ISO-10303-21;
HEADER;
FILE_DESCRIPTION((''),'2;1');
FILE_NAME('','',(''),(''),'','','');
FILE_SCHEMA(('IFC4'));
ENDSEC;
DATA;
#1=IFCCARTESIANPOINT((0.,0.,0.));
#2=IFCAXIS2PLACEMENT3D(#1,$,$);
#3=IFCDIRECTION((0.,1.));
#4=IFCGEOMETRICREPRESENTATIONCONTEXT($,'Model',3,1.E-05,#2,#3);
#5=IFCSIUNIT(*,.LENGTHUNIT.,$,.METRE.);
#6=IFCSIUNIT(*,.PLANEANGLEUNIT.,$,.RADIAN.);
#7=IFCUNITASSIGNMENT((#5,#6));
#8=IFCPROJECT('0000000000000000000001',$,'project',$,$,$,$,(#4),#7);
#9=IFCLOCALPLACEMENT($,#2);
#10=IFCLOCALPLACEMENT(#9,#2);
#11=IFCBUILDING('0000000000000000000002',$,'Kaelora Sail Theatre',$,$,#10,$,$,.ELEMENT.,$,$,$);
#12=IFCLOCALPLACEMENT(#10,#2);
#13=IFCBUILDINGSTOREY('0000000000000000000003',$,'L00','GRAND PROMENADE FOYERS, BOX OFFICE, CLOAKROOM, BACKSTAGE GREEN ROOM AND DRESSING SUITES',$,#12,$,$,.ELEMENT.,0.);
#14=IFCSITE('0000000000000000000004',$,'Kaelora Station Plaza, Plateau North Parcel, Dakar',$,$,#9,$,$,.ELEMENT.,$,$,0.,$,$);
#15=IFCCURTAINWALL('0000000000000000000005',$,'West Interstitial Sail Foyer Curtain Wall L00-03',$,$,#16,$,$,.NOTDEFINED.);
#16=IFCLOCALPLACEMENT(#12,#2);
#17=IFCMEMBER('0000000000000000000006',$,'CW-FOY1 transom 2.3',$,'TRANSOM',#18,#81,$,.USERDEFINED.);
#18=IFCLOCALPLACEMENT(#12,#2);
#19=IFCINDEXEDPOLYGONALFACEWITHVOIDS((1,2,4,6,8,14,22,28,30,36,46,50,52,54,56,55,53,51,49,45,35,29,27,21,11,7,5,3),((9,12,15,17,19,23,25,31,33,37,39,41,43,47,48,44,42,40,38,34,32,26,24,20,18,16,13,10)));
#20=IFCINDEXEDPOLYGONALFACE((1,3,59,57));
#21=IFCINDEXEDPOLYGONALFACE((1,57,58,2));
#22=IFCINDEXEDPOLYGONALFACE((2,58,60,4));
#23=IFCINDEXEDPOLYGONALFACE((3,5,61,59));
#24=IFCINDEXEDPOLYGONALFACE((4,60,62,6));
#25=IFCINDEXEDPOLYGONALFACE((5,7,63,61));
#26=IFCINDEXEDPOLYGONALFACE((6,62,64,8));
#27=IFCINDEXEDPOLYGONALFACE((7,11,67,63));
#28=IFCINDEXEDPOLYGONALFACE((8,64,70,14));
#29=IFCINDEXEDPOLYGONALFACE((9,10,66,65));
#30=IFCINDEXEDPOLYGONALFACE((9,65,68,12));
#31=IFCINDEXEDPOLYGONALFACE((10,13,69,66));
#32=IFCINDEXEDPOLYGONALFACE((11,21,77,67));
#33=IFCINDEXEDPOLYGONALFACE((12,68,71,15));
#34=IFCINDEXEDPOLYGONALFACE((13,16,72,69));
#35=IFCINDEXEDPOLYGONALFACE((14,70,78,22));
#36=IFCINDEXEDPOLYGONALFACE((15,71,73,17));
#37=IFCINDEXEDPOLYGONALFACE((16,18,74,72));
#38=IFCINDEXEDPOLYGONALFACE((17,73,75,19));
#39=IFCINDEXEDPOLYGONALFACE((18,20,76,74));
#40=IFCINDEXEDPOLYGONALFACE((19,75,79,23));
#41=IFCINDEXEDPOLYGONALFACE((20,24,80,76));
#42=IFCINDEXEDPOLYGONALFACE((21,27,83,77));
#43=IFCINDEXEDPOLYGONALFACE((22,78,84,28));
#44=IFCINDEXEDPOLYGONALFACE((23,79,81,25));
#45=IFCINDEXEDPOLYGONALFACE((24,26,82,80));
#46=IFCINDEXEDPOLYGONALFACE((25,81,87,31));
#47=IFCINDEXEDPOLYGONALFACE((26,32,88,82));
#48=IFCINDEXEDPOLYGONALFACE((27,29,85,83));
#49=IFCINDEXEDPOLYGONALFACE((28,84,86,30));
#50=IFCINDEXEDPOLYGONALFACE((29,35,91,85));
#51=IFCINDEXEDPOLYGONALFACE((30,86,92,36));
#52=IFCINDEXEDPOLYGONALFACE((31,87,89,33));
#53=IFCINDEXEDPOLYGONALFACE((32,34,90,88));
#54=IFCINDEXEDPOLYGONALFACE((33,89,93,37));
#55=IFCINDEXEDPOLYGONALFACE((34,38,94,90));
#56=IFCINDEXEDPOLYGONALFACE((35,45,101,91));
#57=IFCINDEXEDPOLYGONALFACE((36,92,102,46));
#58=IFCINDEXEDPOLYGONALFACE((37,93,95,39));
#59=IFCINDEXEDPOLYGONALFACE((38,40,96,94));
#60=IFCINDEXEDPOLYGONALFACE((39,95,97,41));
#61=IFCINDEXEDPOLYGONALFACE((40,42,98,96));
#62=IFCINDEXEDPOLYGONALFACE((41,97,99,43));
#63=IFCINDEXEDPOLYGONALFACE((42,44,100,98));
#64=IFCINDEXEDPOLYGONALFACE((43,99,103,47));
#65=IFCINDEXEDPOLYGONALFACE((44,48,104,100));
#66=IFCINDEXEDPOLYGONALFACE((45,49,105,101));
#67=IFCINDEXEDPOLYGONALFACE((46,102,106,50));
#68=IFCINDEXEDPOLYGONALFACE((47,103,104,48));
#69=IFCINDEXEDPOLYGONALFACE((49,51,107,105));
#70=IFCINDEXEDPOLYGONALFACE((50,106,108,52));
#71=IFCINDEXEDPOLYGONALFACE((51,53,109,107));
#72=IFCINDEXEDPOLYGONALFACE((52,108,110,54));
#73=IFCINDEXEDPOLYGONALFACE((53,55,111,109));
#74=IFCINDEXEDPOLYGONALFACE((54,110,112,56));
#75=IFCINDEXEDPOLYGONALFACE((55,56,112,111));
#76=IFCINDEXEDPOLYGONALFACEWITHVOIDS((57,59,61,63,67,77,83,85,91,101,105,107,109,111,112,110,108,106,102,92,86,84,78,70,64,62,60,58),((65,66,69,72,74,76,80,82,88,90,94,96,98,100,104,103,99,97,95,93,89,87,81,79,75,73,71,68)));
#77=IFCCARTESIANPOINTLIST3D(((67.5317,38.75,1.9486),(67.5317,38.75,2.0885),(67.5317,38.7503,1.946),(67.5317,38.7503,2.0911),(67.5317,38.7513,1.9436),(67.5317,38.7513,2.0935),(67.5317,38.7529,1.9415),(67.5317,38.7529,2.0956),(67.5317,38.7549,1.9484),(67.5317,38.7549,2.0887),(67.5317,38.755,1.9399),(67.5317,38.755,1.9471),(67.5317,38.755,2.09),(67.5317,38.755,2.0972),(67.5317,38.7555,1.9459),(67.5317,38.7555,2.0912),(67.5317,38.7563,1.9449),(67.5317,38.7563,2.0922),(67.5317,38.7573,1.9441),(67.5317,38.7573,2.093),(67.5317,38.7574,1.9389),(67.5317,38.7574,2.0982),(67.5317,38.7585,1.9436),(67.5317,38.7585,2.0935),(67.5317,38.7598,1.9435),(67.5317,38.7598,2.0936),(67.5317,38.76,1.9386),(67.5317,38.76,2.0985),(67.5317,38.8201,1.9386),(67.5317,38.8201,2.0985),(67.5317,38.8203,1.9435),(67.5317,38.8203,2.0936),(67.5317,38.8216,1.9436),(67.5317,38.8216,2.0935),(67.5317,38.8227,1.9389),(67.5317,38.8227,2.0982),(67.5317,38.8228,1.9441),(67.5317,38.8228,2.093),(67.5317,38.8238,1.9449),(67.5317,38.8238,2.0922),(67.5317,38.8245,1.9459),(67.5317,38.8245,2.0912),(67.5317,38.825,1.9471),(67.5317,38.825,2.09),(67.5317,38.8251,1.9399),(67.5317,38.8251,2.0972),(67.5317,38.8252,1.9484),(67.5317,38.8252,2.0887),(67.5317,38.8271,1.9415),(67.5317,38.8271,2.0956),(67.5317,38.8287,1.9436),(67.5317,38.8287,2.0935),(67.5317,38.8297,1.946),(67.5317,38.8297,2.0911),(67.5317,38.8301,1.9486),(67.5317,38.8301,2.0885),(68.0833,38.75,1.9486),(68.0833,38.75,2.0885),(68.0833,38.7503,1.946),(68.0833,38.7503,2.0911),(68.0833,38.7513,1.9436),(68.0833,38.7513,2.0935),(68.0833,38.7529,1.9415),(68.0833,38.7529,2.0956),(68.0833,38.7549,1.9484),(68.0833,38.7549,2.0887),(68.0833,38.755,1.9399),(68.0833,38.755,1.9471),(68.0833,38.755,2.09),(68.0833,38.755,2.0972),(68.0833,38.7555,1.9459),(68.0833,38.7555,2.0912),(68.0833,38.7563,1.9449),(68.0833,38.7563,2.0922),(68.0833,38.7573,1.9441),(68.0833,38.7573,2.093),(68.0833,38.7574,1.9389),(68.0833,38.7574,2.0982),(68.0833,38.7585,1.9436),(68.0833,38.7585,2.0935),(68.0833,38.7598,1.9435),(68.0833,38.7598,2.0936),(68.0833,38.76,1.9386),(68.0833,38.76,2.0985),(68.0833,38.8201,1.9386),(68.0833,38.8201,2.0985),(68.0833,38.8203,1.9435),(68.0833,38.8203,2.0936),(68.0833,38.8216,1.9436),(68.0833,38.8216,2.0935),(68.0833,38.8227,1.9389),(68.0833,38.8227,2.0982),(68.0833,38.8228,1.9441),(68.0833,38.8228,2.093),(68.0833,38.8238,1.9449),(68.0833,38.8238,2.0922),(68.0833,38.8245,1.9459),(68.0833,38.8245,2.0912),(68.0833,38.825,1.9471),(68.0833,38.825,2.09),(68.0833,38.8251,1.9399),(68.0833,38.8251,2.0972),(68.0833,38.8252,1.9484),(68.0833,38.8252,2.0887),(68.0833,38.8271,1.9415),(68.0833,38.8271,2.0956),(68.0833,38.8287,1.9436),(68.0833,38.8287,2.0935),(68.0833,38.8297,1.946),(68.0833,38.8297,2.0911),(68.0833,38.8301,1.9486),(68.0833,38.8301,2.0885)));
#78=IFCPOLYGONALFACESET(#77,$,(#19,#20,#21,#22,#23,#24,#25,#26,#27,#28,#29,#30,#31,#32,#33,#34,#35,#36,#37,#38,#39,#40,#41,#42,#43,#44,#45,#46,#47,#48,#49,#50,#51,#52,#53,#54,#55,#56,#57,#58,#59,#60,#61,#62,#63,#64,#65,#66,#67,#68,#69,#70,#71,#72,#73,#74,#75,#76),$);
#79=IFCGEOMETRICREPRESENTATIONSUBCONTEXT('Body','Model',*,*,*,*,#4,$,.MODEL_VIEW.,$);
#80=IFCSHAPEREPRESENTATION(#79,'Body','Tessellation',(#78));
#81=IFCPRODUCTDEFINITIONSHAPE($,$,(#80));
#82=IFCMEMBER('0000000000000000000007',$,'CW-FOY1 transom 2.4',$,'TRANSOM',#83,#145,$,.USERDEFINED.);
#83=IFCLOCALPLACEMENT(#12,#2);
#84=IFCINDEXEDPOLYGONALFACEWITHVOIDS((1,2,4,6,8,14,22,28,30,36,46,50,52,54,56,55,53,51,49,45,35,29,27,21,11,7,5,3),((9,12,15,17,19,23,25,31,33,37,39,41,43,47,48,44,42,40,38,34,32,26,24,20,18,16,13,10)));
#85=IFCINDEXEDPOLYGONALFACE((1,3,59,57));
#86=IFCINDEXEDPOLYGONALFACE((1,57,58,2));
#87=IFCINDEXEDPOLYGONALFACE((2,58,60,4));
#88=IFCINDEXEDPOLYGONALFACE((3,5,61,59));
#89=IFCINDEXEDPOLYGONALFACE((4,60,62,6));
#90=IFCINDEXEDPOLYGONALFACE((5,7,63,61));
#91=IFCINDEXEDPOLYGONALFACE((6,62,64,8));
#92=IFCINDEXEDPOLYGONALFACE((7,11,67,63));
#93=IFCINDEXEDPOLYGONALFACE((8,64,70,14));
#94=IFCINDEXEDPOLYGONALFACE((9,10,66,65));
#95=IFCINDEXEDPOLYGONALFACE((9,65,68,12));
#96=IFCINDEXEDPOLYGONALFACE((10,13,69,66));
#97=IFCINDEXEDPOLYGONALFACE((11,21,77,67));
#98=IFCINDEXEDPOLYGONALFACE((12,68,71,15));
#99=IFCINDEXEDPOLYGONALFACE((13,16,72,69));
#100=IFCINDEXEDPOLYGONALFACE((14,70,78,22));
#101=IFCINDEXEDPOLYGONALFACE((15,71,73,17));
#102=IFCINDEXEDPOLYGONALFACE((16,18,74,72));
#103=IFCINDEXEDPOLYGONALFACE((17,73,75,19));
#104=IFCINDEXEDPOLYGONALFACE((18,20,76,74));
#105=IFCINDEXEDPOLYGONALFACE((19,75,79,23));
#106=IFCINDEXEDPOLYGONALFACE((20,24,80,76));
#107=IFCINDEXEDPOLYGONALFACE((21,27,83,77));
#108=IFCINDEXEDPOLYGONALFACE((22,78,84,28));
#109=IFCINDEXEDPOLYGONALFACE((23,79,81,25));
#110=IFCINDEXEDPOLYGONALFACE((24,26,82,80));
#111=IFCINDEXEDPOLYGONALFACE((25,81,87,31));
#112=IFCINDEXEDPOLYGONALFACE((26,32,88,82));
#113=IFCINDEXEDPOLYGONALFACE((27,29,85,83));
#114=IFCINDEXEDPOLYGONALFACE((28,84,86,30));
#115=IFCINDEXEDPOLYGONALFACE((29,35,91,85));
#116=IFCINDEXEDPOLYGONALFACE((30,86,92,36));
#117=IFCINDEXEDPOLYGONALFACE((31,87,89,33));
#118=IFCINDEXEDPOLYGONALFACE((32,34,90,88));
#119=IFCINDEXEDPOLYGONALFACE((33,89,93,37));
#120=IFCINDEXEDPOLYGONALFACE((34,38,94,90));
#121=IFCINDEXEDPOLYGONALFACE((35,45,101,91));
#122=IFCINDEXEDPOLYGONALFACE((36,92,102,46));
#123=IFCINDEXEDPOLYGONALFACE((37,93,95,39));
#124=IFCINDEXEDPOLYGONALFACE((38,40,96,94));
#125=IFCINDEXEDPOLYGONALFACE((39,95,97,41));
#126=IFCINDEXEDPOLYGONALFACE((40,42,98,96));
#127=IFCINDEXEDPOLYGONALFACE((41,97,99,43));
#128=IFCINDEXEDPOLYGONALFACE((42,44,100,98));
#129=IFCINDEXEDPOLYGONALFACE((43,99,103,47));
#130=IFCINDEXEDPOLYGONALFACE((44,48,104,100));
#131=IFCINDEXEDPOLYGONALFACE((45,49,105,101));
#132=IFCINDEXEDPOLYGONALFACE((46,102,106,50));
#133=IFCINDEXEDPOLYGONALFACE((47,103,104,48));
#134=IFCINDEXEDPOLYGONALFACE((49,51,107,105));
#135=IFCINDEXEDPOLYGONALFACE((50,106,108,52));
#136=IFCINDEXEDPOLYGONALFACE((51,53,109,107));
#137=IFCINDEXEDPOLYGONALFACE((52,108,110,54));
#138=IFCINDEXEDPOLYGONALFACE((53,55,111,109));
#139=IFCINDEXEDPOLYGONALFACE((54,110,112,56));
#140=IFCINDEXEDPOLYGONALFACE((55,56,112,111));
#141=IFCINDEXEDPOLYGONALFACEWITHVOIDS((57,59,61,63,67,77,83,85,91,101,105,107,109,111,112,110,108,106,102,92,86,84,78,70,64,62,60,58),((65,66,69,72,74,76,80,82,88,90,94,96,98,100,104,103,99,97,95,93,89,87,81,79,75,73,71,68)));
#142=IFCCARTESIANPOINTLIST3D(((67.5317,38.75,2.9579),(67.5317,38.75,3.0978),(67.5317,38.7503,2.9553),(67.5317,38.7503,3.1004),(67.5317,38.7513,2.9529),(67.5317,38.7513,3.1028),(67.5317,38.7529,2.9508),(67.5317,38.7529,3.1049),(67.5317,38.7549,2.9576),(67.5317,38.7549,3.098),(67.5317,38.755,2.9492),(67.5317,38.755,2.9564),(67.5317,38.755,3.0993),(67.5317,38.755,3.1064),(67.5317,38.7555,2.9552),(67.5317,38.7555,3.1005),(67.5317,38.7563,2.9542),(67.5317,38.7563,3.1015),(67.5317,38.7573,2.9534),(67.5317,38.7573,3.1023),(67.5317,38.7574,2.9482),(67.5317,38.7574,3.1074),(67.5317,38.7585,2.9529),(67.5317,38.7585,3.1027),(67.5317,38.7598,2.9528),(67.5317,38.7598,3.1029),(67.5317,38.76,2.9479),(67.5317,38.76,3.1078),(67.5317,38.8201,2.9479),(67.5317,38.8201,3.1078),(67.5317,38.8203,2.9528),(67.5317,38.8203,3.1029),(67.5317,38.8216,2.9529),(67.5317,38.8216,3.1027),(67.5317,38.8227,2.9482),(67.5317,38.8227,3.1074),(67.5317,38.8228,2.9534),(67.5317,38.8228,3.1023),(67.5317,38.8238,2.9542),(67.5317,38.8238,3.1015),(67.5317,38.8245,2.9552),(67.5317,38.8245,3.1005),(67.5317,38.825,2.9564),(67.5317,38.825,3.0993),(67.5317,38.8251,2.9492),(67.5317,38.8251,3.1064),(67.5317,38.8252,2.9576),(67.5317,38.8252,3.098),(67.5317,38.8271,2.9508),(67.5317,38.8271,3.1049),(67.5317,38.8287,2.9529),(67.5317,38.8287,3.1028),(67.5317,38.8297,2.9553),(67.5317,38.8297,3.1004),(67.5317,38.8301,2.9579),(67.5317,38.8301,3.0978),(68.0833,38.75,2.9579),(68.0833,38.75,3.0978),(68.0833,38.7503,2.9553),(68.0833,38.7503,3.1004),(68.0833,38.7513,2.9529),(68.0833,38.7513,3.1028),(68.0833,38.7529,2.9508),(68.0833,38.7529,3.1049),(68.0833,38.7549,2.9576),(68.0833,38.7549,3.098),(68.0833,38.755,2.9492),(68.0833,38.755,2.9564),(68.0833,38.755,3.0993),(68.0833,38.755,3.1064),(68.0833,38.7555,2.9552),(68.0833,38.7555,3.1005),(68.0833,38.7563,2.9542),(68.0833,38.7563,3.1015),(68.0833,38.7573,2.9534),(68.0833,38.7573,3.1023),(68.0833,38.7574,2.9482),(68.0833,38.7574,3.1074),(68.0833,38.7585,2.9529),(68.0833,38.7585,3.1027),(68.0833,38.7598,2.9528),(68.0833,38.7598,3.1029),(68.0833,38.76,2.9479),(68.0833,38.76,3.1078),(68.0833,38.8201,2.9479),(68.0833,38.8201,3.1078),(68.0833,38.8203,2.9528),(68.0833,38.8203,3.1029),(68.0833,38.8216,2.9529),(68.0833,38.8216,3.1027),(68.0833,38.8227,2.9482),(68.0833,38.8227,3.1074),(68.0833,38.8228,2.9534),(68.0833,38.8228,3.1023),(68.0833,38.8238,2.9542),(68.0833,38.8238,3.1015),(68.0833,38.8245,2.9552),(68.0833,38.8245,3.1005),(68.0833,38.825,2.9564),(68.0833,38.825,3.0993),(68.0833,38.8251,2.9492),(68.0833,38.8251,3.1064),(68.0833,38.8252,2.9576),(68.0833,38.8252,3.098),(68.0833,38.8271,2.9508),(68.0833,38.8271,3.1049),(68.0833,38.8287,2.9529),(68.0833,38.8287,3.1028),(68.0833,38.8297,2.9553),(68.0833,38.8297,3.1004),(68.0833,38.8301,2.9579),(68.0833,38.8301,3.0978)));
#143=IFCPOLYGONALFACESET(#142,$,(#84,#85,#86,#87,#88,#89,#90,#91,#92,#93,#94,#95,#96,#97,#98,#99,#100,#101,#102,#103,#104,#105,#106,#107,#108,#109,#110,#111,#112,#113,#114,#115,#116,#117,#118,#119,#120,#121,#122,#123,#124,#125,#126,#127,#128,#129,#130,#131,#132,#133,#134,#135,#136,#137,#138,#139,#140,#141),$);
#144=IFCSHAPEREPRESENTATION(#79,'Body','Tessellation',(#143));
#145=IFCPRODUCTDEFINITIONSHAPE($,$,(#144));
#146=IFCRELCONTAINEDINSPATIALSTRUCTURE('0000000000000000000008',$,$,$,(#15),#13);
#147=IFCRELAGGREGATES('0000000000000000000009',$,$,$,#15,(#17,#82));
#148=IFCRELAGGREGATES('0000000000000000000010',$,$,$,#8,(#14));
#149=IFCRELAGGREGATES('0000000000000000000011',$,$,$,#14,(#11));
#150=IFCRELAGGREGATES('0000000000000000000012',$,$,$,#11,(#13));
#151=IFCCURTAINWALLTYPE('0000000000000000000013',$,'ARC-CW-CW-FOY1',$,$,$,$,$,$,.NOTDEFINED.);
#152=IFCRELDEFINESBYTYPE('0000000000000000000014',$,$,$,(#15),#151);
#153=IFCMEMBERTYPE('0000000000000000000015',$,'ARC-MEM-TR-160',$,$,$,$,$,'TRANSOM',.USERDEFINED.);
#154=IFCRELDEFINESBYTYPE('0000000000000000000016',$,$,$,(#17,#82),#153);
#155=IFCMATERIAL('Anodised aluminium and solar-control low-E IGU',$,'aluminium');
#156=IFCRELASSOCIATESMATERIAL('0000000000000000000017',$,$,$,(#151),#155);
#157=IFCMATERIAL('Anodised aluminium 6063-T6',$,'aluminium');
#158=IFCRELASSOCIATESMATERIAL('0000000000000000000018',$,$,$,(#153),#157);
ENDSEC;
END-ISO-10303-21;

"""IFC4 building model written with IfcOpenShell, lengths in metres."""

from ifc_helpers import new_model, si_unit, direction, frame, origin, origin_2d, place, context, subcontext, project, spatial, hollow_rectangle, extrude, material, material_profile, profile_set, type_object, element, aggregate, save


model = new_model("IFC4")

# Units and contexts
model_context = context("Model", 3, precision=1e-05, world=origin(), true_north=direction((0.0, 1.0)))
body_context = subcontext(model_context, "Body", "Model", "MODEL_VIEW")
ifc_project = project(units=[si_unit("LENGTHUNIT", "METRE"), si_unit("PLANEANGLEUNIT", "RADIAN")], contexts=[model_context])

# Site, building, storey
site_placement = place(None, origin())
site = spatial("IfcSite", under=ifc_project, at=site_placement, Name="Kaelora Station Plaza, Plateau North Parcel, Dakar", CompositionType="ELEMENT", RefElevation=0.0)
building_placement = place(site_placement, origin())
building = spatial("IfcBuilding", under=site, at=building_placement, Name="Kaelora Sail Theatre", CompositionType="ELEMENT")
storey_placement = place(building_placement, origin())
storey = spatial("IfcBuildingStorey", under=building, at=storey_placement, Name="L00", Description="GRAND PROMENADE FOYERS, BOX OFFICE, CLOAKROOM, BACKSTAGE GREEN ROOM AND DRESSING SUITES", CompositionType="ELEMENT", Elevation=0.0)

# Curtain wall, members
ifc_material_1 = material(Name="Anodised aluminium and solar-control low-E IGU", Category="aluminium")
curtain_wall_type = type_object("IfcCurtainWallType", Name="ARC-CW-CW-FOY1", PredefinedType="NOTDEFINED", material=ifc_material_1)
ifc_material_2 = material(Name="Anodised aluminium 6063-T6", Category="aluminium")
ifc_material_profile = material_profile(ifc_material_2, hollow_rectangle(XDim=0.0801, YDim=0.1599, WallThickness=0.0049, InnerFilletRadius=0.0049, OuterFilletRadius=0.01, at=origin_2d()), Name="ALU-TRAN 80x160x5")
ifc_profile_set = profile_set([ifc_material_profile], Name="Anodised aluminium 6063-T6")
member_type = type_object("IfcMemberType", Name="ARC-MEM-TR-160", ElementType="TRANSOM", PredefinedType="USERDEFINED", material=ifc_profile_set)
curtain_wall_1_placement = place(storey_placement, origin())
curtain_wall_1 = element("IfcCurtainWall", 1, at=curtain_wall_1_placement, inside=storey, type_object=curtain_wall_type, Name="West Interstitial Sail Foyer Curtain Wall L00-03", PredefinedType="NOTDEFINED")
member_1_placement = place(storey_placement, frame((67.5317, 38.79, 2.0186), z_axis=(1.0, 0.0, 0.0), x_axis=(0.0, 1.0, 0.0)))
member_1 = element("IfcMember", 2, at=member_1_placement, type_object=member_type, Name="CW-FOY1 transom 2.3", ObjectType="TRANSOM", PredefinedType="USERDEFINED", context=body_context, shape_type="SweptSolid", body=[
    extrude(hollow_rectangle(XDim=0.0801, YDim=0.1599, WallThickness=0.0049, InnerFilletRadius=0.0049, OuterFilletRadius=0.01, at=origin_2d()), origin(), (0.0, 0.0, 1.0), 0.5515),
])
member_2_placement = place(storey_placement, frame((67.5317, 38.79, 3.0278), z_axis=(1.0, 0.0, 0.0), x_axis=(0.0, 1.0, 0.0)))
member_2 = element("IfcMember", 3, at=member_2_placement, type_object=member_type, Name="CW-FOY1 transom 2.4", ObjectType="TRANSOM", PredefinedType="USERDEFINED", context=body_context, shape_type="SweptSolid", body=[
    extrude(hollow_rectangle(XDim=0.0801, YDim=0.1599, WallThickness=0.0049, InnerFilletRadius=0.0049, OuterFilletRadius=0.01, at=origin_2d()), origin(), (0.0, 0.0, 1.0), 0.5515),
])

aggregate(curtain_wall_1, [member_1, member_2])

save(model, "model.ifc")
